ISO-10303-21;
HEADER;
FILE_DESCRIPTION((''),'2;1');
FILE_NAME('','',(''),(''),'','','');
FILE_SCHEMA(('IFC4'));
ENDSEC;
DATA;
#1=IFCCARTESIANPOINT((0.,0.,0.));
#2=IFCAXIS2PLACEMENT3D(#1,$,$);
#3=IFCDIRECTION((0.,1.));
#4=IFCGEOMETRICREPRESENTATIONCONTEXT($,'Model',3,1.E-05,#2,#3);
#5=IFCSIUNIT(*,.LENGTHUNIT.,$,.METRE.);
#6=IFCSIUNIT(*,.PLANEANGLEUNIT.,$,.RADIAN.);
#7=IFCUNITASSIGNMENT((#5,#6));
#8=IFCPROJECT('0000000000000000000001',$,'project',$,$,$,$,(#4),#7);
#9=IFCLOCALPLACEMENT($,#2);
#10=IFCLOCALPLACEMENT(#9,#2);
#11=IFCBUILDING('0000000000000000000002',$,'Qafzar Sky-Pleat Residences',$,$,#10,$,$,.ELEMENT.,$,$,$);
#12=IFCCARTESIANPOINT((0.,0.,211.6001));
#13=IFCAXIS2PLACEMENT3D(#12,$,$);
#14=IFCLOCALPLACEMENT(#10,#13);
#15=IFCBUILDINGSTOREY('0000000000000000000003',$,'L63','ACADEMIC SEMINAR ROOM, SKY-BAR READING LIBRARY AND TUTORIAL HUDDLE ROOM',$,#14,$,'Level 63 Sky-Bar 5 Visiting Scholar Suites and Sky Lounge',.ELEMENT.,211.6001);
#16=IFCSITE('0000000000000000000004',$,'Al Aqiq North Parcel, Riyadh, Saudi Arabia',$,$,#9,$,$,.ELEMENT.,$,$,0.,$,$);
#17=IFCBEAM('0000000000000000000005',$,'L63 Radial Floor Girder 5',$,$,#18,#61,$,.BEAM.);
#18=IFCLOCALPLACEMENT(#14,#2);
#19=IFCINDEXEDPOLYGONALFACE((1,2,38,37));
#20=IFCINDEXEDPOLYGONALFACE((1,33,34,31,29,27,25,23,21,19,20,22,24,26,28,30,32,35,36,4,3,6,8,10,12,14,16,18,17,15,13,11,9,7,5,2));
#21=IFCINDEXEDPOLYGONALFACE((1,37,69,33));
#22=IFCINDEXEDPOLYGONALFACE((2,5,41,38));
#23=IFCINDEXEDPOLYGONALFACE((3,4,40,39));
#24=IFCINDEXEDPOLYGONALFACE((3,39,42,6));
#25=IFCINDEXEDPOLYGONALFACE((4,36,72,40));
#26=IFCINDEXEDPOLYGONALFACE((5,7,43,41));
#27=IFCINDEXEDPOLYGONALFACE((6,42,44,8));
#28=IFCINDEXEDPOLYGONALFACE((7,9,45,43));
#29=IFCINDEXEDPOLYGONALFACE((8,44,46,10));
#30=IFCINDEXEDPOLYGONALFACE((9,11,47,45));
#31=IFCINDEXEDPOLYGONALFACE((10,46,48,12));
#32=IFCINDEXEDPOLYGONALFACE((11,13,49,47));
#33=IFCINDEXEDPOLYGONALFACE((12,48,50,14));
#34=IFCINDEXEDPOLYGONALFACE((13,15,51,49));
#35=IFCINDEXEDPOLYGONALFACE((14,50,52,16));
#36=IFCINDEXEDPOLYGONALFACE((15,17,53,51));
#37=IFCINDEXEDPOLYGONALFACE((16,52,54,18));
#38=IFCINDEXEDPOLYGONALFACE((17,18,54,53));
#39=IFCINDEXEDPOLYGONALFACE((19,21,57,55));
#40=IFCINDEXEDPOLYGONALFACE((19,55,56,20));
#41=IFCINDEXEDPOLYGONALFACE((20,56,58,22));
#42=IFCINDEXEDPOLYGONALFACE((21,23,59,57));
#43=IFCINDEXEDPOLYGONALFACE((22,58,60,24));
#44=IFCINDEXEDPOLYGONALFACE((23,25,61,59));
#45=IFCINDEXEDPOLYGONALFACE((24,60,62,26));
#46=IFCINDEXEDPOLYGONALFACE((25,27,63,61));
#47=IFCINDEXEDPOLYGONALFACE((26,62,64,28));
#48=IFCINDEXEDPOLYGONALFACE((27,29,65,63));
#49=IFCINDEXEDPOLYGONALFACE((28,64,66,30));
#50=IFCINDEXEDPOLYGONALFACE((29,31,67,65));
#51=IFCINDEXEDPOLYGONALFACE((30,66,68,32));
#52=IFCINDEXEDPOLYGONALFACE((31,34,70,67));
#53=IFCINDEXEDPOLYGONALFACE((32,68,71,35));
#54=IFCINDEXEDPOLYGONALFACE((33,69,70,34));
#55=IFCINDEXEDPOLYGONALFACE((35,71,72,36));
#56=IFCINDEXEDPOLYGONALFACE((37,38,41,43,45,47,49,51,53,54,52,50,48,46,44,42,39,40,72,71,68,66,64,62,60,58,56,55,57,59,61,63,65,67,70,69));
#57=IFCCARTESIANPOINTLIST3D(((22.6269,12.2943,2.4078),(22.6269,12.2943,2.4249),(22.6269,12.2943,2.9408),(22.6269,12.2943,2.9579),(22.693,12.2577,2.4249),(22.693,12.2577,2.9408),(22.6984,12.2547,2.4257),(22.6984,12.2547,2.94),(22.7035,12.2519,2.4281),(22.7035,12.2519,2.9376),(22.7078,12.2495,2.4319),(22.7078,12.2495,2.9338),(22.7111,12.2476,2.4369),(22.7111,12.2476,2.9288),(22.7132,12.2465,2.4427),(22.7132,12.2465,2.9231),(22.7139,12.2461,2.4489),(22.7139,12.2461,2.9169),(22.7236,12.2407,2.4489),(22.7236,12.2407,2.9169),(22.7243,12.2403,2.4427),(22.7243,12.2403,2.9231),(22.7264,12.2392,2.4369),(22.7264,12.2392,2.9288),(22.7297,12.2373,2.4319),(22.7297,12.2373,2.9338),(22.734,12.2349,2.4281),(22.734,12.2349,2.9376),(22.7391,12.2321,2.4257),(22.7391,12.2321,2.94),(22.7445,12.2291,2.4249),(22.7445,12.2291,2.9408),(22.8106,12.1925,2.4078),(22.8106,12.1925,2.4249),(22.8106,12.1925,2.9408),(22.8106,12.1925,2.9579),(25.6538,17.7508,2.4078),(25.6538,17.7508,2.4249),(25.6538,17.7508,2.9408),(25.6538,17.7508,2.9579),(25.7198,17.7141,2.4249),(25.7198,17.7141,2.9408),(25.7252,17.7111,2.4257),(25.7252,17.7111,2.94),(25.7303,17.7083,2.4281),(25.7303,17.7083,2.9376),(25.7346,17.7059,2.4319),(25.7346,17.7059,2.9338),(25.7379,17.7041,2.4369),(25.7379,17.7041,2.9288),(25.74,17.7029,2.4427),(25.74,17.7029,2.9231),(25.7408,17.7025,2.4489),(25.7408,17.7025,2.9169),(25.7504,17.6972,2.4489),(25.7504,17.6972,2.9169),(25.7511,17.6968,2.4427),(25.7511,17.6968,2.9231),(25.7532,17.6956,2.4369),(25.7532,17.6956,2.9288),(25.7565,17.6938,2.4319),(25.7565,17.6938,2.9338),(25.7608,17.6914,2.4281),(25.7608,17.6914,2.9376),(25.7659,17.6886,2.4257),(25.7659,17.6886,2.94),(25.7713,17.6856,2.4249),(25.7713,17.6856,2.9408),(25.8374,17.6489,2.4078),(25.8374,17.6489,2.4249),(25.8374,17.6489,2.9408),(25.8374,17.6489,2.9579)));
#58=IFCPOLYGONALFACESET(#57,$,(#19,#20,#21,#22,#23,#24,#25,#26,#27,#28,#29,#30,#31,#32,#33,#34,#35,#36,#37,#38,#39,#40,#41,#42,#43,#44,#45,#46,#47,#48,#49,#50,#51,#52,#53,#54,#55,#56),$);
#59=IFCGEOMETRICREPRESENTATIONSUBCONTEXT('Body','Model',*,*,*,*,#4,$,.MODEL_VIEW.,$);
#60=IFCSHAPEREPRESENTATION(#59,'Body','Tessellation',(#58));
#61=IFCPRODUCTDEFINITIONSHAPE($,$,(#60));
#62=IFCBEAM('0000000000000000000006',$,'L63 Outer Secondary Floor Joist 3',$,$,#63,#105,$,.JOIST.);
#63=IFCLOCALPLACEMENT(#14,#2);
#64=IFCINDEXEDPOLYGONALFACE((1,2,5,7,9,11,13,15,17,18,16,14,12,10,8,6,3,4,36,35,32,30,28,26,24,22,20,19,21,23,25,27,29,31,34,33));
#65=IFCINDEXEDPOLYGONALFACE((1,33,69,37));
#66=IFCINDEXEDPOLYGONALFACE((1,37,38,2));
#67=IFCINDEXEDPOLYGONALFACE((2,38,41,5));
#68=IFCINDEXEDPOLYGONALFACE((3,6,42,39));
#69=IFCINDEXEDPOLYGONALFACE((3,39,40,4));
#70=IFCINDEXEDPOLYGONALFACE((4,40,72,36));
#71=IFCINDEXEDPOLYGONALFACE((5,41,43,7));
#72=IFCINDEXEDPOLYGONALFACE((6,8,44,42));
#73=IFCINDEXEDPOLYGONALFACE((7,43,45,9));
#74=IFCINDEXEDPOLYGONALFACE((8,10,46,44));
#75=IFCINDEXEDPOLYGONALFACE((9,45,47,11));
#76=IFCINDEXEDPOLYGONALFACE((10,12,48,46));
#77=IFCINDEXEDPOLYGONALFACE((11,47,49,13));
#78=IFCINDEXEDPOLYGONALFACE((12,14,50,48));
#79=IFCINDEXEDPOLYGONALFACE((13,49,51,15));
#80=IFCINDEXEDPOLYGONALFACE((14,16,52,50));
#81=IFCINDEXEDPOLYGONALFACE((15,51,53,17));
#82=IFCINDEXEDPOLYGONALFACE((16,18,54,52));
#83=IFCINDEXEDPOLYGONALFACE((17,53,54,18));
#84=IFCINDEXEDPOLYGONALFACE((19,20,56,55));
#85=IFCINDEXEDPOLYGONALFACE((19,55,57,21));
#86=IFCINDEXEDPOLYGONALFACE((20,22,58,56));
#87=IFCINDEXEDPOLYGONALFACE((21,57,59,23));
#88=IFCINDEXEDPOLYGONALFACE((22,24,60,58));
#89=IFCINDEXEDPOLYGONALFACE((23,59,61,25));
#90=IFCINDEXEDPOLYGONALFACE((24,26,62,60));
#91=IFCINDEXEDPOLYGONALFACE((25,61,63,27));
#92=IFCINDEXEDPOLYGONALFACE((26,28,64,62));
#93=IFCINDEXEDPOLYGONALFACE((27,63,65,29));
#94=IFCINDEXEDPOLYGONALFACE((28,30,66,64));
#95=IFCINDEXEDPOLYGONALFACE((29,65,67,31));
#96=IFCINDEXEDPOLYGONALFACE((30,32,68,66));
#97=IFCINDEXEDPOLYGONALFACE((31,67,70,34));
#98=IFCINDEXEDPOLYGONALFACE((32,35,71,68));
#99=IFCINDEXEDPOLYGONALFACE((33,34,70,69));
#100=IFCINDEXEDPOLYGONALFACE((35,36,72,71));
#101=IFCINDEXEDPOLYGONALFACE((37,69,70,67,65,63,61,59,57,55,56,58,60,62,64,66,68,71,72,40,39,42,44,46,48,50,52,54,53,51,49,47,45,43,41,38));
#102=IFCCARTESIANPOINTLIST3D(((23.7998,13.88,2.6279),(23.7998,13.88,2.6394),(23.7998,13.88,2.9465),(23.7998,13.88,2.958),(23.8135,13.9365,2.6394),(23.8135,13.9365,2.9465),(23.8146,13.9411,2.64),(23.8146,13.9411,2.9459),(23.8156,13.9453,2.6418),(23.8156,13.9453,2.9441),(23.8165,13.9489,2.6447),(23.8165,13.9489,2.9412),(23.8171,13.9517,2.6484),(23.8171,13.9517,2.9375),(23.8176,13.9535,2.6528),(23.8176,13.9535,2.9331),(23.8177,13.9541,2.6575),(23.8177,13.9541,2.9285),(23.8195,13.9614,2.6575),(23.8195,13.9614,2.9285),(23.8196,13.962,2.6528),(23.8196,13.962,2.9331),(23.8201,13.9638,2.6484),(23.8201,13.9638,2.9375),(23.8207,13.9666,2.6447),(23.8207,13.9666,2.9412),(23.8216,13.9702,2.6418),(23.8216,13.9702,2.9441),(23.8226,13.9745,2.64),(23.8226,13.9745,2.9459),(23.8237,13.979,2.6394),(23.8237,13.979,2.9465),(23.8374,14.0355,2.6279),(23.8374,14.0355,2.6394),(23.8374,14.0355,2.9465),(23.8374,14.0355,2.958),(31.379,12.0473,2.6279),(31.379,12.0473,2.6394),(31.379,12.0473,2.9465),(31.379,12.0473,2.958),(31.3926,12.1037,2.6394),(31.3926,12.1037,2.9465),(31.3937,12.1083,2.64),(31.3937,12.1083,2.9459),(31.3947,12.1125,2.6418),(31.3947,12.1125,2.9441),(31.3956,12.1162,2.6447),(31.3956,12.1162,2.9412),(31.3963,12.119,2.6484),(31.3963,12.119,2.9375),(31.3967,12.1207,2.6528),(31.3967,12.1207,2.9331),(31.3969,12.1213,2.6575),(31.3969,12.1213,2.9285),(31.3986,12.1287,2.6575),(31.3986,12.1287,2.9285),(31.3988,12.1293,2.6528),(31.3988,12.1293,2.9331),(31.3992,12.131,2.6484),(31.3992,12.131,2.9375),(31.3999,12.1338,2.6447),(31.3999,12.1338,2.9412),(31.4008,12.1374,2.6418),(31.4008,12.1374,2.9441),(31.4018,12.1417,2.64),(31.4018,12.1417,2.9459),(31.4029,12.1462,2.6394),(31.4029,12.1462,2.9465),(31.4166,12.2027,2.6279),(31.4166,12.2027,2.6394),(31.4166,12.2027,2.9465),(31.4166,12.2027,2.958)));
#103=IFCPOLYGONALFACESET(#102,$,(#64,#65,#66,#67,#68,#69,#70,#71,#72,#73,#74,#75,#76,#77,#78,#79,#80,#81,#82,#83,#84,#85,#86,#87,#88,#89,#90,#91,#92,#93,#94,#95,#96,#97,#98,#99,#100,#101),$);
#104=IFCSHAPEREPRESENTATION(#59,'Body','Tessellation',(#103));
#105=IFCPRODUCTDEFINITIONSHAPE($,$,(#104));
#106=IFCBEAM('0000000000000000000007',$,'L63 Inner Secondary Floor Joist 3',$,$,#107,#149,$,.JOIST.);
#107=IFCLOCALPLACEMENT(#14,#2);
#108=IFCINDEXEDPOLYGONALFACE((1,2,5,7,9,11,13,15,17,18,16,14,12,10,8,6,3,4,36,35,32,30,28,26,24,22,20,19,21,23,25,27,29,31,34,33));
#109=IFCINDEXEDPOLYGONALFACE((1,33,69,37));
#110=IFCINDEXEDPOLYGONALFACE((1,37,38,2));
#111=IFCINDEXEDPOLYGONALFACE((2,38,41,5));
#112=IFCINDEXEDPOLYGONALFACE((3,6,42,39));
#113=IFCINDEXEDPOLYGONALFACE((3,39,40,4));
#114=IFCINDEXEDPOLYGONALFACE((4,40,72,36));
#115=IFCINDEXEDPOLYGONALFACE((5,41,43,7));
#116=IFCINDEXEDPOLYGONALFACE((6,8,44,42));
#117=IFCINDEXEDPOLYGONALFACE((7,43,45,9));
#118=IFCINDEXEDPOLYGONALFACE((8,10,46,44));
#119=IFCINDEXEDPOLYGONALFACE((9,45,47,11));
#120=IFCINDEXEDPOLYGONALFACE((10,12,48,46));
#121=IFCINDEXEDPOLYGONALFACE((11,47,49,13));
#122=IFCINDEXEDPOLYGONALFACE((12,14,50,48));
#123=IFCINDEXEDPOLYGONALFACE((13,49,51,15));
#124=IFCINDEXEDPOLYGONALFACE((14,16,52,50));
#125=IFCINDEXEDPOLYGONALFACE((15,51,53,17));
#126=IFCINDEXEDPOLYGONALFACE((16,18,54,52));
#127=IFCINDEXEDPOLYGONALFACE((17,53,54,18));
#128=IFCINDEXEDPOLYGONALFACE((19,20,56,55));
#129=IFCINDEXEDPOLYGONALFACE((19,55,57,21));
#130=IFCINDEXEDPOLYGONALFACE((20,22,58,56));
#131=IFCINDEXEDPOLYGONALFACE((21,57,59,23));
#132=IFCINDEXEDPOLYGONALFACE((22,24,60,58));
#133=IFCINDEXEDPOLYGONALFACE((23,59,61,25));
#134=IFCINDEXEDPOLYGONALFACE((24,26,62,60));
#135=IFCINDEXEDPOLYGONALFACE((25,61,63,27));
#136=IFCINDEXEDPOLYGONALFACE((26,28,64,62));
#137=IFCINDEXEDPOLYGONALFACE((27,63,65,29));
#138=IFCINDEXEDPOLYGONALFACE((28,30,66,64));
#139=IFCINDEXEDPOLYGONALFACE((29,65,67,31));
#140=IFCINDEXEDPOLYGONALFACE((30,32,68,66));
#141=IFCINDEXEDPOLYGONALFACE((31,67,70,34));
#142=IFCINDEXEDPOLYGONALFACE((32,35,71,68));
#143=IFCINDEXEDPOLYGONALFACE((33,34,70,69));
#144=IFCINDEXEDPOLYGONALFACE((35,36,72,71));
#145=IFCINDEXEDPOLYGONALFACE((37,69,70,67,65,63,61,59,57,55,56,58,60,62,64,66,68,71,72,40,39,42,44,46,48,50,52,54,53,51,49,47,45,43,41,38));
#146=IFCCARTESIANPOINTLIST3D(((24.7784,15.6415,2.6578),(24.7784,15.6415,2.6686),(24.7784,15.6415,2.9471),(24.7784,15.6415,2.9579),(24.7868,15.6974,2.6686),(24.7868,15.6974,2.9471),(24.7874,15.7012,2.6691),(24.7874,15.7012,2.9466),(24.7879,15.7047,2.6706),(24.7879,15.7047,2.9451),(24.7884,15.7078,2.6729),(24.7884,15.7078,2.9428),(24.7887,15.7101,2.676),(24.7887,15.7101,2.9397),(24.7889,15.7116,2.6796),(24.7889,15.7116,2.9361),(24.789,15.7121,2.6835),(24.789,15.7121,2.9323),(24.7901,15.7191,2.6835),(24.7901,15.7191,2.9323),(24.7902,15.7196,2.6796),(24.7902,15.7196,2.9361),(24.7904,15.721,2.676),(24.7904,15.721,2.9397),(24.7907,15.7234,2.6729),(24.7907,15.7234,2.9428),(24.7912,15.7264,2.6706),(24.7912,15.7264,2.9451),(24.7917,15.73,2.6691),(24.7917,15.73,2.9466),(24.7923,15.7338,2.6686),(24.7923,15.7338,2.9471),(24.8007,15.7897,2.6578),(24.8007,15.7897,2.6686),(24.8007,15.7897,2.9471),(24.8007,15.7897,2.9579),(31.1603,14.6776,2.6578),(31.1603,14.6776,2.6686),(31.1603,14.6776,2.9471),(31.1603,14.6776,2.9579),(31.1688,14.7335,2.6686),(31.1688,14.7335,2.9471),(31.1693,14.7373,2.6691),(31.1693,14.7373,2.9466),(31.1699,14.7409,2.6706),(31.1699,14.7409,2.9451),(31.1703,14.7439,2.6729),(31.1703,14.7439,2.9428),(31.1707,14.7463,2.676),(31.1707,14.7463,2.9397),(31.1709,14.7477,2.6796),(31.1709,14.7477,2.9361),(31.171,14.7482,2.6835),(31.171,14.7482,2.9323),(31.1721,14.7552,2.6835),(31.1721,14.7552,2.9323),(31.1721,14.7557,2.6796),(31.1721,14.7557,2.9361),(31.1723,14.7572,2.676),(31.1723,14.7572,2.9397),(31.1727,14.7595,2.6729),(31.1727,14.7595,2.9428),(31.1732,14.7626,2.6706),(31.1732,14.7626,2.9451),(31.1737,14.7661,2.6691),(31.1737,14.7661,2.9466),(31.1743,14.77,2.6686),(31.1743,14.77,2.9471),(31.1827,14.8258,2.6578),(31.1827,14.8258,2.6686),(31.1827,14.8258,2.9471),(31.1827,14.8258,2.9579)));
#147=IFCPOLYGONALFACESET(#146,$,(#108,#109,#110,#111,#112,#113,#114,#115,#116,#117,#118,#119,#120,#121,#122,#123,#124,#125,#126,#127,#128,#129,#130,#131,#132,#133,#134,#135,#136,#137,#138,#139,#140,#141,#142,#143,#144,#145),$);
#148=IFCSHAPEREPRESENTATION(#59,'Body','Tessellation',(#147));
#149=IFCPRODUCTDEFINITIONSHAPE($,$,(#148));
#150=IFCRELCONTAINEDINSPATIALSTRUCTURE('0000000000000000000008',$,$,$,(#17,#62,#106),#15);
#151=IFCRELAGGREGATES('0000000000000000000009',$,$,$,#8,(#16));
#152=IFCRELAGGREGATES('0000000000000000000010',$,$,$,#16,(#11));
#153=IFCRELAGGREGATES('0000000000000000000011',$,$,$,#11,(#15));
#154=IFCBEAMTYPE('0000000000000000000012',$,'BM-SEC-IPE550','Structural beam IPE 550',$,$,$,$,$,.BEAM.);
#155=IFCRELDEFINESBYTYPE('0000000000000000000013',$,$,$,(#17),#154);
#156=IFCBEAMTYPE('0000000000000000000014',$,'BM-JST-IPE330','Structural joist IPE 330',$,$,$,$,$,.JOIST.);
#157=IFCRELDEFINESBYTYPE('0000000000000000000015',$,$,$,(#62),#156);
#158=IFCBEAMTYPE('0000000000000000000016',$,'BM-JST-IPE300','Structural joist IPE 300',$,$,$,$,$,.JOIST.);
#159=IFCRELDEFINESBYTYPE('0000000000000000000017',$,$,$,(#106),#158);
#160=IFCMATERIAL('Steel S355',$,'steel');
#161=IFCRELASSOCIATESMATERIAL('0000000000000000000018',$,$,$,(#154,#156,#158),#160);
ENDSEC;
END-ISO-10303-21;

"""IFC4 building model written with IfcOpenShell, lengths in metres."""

from ifc_helpers import new_model, si_unit, direction, frame, origin, origin_2d, place, context, subcontext, project, spatial, i_section, extrude, source, transform, mapped, material, material_profile, profile_set, type_object, element, save


model = new_model("IFC4")

# Units and contexts
model_context = context("Model", 3, precision=1e-05, world=origin(), true_north=direction((0.0, 1.0)))
body_context = subcontext(model_context, "Body", "Model", "MODEL_VIEW")
ifc_project = project(units=[si_unit("LENGTHUNIT", "METRE"), si_unit("PLANEANGLEUNIT", "RADIAN")], contexts=[model_context])

# Site, building, storey
site_placement = place(None, origin())
site = spatial("IfcSite", under=ifc_project, at=site_placement, Name="Al Aqiq North Parcel, Riyadh, Saudi Arabia", CompositionType="ELEMENT", RefElevation=0.0)
building_placement = place(site_placement, origin())
building = spatial("IfcBuilding", under=site, at=building_placement, Name="Qafzar Sky-Pleat Residences", CompositionType="ELEMENT")
storey_placement = place(building_placement, frame((0.0, 0.0, 211.6001)))
storey = spatial("IfcBuildingStorey", under=building, at=storey_placement, Name="L63", Description="ACADEMIC SEMINAR ROOM, SKY-BAR READING LIBRARY AND TUTORIAL HUDDLE ROOM", LongName="Level 63 Sky-Bar 5 Visiting Scholar Suites and Sky Lounge", CompositionType="ELEMENT", Elevation=211.6001)

# Shared definitions
ifc_material_1 = material(Name="Steel S355", Category="steel")

# Beams
ifc_material_profile_1 = material_profile(ifc_material_1, i_section(OverallWidth=0.21, OverallDepth=0.55, WebThickness=0.011, FlangeThickness=0.0171, FilletRadius=0.0239, at=origin_2d()), Name="IPE 550")
ifc_profile_set_1 = profile_set([ifc_material_profile_1], Name="Steel S355")
beam_type_1 = type_object("IfcBeamType", Name="BM-SEC-IPE550", Description="Structural beam IPE 550", PredefinedType="BEAM", material=ifc_profile_set_1)
shared_shape_1 = source(origin(), body_context, "Body", "SweptSolid", [
    extrude(i_section(OverallWidth=0.21, OverallDepth=0.55, WebThickness=0.011, FlangeThickness=0.0171, FilletRadius=0.0239, at=origin_2d()), origin(), (0.0, 0.0, 1.0), 6.2397),
])
beam_1_placement = place(storey_placement, frame((22.7188, 12.2434, 2.6829), z_axis=(0.485085, 0.874467, 0.0), x_axis=(-0.874467, 0.485085, 0.0)))
element("IfcBeam", 1, at=beam_1_placement, inside=storey, type_object=beam_type_1, Name="L63 Radial Floor Girder 5", PredefinedType="BEAM", context=body_context, shape_type="MappedRepresentation", body=[
    mapped(shared_shape_1, transform((0.0, 0.0, 0.0), x_axis=(1.0, 0.0, 0.0), y_axis=(0.0, 1.0, 0.0), z_axis=(0.0, 0.0, 1.0), scale=1.0)),
])
ifc_material_profile_2 = material_profile(ifc_material_1, i_section(OverallWidth=0.1599, OverallDepth=0.3301, WebThickness=0.0076, FlangeThickness=0.0115, FilletRadius=0.0181, at=origin_2d()), Name="IPE 330")
ifc_profile_set_2 = profile_set([ifc_material_profile_2], Name="Steel S355")
beam_type_2 = type_object("IfcBeamType", Name="BM-JST-IPE330", Description="Structural joist IPE 330", PredefinedType="JOIST", material=ifc_profile_set_2)
shared_shape_2 = source(origin(), body_context, "Body", "SweptSolid", [
    extrude(i_section(OverallWidth=0.1599, OverallDepth=0.3301, WebThickness=0.0076, FlangeThickness=0.0115, FilletRadius=0.0181, at=origin_2d()), origin(), (0.0, 0.0, 1.0), 7.7976),
])
beam_2_placement = place(storey_placement, frame((23.8186, 13.9578, 2.793), z_axis=(0.971985, -0.235043, 0.0), x_axis=(0.235043, 0.971985, 0.0)))
element("IfcBeam", 2, at=beam_2_placement, inside=storey, type_object=beam_type_2, Name="L63 Outer Secondary Floor Joist 3", PredefinedType="JOIST", context=body_context, shape_type="MappedRepresentation", body=[
    mapped(shared_shape_2, transform((0.0, 0.0, 0.0), x_axis=(1.0, 0.0, 0.0), y_axis=(0.0, 1.0, 0.0), z_axis=(0.0, 0.0, 1.0), scale=1.0)),
])
ifc_material_profile_3 = material_profile(ifc_material_1, i_section(OverallWidth=0.1499, OverallDepth=0.3, WebThickness=0.0071, FlangeThickness=0.0107, FilletRadius=0.0149, at=origin_2d()), Name="IPE 300")
ifc_profile_set_3 = profile_set([ifc_material_profile_3], Name="Steel S355")
beam_type_3 = type_object("IfcBeamType", Name="BM-JST-IPE300", Description="Structural joist IPE 300", PredefinedType="JOIST", material=ifc_profile_set_3)
shared_shape_3 = source(origin(), body_context, "Body", "SweptSolid", [
    extrude(i_section(OverallWidth=0.1499, OverallDepth=0.3, WebThickness=0.0071, FlangeThickness=0.0107, FilletRadius=0.0149, at=origin_2d()), origin(), (0.0, 0.0, 1.0), 6.4543),
])
beam_3_placement = place(storey_placement, frame((24.7896, 15.7156, 2.8079), z_axis=(0.988787, -0.149334, 0.0), x_axis=(0.149334, 0.988787, 0.0)))
element("IfcBeam", 3, at=beam_3_placement, inside=storey, type_object=beam_type_3, Name="L63 Inner Secondary Floor Joist 3", PredefinedType="JOIST", context=body_context, shape_type="MappedRepresentation", body=[
    mapped(shared_shape_3, transform((0.0, 0.0, 0.0), x_axis=(1.0, 0.0, 0.0), y_axis=(0.0, 1.0, 0.0), z_axis=(0.0, 0.0, 1.0), scale=1.0)),
])

save(model, "model.ifc")
